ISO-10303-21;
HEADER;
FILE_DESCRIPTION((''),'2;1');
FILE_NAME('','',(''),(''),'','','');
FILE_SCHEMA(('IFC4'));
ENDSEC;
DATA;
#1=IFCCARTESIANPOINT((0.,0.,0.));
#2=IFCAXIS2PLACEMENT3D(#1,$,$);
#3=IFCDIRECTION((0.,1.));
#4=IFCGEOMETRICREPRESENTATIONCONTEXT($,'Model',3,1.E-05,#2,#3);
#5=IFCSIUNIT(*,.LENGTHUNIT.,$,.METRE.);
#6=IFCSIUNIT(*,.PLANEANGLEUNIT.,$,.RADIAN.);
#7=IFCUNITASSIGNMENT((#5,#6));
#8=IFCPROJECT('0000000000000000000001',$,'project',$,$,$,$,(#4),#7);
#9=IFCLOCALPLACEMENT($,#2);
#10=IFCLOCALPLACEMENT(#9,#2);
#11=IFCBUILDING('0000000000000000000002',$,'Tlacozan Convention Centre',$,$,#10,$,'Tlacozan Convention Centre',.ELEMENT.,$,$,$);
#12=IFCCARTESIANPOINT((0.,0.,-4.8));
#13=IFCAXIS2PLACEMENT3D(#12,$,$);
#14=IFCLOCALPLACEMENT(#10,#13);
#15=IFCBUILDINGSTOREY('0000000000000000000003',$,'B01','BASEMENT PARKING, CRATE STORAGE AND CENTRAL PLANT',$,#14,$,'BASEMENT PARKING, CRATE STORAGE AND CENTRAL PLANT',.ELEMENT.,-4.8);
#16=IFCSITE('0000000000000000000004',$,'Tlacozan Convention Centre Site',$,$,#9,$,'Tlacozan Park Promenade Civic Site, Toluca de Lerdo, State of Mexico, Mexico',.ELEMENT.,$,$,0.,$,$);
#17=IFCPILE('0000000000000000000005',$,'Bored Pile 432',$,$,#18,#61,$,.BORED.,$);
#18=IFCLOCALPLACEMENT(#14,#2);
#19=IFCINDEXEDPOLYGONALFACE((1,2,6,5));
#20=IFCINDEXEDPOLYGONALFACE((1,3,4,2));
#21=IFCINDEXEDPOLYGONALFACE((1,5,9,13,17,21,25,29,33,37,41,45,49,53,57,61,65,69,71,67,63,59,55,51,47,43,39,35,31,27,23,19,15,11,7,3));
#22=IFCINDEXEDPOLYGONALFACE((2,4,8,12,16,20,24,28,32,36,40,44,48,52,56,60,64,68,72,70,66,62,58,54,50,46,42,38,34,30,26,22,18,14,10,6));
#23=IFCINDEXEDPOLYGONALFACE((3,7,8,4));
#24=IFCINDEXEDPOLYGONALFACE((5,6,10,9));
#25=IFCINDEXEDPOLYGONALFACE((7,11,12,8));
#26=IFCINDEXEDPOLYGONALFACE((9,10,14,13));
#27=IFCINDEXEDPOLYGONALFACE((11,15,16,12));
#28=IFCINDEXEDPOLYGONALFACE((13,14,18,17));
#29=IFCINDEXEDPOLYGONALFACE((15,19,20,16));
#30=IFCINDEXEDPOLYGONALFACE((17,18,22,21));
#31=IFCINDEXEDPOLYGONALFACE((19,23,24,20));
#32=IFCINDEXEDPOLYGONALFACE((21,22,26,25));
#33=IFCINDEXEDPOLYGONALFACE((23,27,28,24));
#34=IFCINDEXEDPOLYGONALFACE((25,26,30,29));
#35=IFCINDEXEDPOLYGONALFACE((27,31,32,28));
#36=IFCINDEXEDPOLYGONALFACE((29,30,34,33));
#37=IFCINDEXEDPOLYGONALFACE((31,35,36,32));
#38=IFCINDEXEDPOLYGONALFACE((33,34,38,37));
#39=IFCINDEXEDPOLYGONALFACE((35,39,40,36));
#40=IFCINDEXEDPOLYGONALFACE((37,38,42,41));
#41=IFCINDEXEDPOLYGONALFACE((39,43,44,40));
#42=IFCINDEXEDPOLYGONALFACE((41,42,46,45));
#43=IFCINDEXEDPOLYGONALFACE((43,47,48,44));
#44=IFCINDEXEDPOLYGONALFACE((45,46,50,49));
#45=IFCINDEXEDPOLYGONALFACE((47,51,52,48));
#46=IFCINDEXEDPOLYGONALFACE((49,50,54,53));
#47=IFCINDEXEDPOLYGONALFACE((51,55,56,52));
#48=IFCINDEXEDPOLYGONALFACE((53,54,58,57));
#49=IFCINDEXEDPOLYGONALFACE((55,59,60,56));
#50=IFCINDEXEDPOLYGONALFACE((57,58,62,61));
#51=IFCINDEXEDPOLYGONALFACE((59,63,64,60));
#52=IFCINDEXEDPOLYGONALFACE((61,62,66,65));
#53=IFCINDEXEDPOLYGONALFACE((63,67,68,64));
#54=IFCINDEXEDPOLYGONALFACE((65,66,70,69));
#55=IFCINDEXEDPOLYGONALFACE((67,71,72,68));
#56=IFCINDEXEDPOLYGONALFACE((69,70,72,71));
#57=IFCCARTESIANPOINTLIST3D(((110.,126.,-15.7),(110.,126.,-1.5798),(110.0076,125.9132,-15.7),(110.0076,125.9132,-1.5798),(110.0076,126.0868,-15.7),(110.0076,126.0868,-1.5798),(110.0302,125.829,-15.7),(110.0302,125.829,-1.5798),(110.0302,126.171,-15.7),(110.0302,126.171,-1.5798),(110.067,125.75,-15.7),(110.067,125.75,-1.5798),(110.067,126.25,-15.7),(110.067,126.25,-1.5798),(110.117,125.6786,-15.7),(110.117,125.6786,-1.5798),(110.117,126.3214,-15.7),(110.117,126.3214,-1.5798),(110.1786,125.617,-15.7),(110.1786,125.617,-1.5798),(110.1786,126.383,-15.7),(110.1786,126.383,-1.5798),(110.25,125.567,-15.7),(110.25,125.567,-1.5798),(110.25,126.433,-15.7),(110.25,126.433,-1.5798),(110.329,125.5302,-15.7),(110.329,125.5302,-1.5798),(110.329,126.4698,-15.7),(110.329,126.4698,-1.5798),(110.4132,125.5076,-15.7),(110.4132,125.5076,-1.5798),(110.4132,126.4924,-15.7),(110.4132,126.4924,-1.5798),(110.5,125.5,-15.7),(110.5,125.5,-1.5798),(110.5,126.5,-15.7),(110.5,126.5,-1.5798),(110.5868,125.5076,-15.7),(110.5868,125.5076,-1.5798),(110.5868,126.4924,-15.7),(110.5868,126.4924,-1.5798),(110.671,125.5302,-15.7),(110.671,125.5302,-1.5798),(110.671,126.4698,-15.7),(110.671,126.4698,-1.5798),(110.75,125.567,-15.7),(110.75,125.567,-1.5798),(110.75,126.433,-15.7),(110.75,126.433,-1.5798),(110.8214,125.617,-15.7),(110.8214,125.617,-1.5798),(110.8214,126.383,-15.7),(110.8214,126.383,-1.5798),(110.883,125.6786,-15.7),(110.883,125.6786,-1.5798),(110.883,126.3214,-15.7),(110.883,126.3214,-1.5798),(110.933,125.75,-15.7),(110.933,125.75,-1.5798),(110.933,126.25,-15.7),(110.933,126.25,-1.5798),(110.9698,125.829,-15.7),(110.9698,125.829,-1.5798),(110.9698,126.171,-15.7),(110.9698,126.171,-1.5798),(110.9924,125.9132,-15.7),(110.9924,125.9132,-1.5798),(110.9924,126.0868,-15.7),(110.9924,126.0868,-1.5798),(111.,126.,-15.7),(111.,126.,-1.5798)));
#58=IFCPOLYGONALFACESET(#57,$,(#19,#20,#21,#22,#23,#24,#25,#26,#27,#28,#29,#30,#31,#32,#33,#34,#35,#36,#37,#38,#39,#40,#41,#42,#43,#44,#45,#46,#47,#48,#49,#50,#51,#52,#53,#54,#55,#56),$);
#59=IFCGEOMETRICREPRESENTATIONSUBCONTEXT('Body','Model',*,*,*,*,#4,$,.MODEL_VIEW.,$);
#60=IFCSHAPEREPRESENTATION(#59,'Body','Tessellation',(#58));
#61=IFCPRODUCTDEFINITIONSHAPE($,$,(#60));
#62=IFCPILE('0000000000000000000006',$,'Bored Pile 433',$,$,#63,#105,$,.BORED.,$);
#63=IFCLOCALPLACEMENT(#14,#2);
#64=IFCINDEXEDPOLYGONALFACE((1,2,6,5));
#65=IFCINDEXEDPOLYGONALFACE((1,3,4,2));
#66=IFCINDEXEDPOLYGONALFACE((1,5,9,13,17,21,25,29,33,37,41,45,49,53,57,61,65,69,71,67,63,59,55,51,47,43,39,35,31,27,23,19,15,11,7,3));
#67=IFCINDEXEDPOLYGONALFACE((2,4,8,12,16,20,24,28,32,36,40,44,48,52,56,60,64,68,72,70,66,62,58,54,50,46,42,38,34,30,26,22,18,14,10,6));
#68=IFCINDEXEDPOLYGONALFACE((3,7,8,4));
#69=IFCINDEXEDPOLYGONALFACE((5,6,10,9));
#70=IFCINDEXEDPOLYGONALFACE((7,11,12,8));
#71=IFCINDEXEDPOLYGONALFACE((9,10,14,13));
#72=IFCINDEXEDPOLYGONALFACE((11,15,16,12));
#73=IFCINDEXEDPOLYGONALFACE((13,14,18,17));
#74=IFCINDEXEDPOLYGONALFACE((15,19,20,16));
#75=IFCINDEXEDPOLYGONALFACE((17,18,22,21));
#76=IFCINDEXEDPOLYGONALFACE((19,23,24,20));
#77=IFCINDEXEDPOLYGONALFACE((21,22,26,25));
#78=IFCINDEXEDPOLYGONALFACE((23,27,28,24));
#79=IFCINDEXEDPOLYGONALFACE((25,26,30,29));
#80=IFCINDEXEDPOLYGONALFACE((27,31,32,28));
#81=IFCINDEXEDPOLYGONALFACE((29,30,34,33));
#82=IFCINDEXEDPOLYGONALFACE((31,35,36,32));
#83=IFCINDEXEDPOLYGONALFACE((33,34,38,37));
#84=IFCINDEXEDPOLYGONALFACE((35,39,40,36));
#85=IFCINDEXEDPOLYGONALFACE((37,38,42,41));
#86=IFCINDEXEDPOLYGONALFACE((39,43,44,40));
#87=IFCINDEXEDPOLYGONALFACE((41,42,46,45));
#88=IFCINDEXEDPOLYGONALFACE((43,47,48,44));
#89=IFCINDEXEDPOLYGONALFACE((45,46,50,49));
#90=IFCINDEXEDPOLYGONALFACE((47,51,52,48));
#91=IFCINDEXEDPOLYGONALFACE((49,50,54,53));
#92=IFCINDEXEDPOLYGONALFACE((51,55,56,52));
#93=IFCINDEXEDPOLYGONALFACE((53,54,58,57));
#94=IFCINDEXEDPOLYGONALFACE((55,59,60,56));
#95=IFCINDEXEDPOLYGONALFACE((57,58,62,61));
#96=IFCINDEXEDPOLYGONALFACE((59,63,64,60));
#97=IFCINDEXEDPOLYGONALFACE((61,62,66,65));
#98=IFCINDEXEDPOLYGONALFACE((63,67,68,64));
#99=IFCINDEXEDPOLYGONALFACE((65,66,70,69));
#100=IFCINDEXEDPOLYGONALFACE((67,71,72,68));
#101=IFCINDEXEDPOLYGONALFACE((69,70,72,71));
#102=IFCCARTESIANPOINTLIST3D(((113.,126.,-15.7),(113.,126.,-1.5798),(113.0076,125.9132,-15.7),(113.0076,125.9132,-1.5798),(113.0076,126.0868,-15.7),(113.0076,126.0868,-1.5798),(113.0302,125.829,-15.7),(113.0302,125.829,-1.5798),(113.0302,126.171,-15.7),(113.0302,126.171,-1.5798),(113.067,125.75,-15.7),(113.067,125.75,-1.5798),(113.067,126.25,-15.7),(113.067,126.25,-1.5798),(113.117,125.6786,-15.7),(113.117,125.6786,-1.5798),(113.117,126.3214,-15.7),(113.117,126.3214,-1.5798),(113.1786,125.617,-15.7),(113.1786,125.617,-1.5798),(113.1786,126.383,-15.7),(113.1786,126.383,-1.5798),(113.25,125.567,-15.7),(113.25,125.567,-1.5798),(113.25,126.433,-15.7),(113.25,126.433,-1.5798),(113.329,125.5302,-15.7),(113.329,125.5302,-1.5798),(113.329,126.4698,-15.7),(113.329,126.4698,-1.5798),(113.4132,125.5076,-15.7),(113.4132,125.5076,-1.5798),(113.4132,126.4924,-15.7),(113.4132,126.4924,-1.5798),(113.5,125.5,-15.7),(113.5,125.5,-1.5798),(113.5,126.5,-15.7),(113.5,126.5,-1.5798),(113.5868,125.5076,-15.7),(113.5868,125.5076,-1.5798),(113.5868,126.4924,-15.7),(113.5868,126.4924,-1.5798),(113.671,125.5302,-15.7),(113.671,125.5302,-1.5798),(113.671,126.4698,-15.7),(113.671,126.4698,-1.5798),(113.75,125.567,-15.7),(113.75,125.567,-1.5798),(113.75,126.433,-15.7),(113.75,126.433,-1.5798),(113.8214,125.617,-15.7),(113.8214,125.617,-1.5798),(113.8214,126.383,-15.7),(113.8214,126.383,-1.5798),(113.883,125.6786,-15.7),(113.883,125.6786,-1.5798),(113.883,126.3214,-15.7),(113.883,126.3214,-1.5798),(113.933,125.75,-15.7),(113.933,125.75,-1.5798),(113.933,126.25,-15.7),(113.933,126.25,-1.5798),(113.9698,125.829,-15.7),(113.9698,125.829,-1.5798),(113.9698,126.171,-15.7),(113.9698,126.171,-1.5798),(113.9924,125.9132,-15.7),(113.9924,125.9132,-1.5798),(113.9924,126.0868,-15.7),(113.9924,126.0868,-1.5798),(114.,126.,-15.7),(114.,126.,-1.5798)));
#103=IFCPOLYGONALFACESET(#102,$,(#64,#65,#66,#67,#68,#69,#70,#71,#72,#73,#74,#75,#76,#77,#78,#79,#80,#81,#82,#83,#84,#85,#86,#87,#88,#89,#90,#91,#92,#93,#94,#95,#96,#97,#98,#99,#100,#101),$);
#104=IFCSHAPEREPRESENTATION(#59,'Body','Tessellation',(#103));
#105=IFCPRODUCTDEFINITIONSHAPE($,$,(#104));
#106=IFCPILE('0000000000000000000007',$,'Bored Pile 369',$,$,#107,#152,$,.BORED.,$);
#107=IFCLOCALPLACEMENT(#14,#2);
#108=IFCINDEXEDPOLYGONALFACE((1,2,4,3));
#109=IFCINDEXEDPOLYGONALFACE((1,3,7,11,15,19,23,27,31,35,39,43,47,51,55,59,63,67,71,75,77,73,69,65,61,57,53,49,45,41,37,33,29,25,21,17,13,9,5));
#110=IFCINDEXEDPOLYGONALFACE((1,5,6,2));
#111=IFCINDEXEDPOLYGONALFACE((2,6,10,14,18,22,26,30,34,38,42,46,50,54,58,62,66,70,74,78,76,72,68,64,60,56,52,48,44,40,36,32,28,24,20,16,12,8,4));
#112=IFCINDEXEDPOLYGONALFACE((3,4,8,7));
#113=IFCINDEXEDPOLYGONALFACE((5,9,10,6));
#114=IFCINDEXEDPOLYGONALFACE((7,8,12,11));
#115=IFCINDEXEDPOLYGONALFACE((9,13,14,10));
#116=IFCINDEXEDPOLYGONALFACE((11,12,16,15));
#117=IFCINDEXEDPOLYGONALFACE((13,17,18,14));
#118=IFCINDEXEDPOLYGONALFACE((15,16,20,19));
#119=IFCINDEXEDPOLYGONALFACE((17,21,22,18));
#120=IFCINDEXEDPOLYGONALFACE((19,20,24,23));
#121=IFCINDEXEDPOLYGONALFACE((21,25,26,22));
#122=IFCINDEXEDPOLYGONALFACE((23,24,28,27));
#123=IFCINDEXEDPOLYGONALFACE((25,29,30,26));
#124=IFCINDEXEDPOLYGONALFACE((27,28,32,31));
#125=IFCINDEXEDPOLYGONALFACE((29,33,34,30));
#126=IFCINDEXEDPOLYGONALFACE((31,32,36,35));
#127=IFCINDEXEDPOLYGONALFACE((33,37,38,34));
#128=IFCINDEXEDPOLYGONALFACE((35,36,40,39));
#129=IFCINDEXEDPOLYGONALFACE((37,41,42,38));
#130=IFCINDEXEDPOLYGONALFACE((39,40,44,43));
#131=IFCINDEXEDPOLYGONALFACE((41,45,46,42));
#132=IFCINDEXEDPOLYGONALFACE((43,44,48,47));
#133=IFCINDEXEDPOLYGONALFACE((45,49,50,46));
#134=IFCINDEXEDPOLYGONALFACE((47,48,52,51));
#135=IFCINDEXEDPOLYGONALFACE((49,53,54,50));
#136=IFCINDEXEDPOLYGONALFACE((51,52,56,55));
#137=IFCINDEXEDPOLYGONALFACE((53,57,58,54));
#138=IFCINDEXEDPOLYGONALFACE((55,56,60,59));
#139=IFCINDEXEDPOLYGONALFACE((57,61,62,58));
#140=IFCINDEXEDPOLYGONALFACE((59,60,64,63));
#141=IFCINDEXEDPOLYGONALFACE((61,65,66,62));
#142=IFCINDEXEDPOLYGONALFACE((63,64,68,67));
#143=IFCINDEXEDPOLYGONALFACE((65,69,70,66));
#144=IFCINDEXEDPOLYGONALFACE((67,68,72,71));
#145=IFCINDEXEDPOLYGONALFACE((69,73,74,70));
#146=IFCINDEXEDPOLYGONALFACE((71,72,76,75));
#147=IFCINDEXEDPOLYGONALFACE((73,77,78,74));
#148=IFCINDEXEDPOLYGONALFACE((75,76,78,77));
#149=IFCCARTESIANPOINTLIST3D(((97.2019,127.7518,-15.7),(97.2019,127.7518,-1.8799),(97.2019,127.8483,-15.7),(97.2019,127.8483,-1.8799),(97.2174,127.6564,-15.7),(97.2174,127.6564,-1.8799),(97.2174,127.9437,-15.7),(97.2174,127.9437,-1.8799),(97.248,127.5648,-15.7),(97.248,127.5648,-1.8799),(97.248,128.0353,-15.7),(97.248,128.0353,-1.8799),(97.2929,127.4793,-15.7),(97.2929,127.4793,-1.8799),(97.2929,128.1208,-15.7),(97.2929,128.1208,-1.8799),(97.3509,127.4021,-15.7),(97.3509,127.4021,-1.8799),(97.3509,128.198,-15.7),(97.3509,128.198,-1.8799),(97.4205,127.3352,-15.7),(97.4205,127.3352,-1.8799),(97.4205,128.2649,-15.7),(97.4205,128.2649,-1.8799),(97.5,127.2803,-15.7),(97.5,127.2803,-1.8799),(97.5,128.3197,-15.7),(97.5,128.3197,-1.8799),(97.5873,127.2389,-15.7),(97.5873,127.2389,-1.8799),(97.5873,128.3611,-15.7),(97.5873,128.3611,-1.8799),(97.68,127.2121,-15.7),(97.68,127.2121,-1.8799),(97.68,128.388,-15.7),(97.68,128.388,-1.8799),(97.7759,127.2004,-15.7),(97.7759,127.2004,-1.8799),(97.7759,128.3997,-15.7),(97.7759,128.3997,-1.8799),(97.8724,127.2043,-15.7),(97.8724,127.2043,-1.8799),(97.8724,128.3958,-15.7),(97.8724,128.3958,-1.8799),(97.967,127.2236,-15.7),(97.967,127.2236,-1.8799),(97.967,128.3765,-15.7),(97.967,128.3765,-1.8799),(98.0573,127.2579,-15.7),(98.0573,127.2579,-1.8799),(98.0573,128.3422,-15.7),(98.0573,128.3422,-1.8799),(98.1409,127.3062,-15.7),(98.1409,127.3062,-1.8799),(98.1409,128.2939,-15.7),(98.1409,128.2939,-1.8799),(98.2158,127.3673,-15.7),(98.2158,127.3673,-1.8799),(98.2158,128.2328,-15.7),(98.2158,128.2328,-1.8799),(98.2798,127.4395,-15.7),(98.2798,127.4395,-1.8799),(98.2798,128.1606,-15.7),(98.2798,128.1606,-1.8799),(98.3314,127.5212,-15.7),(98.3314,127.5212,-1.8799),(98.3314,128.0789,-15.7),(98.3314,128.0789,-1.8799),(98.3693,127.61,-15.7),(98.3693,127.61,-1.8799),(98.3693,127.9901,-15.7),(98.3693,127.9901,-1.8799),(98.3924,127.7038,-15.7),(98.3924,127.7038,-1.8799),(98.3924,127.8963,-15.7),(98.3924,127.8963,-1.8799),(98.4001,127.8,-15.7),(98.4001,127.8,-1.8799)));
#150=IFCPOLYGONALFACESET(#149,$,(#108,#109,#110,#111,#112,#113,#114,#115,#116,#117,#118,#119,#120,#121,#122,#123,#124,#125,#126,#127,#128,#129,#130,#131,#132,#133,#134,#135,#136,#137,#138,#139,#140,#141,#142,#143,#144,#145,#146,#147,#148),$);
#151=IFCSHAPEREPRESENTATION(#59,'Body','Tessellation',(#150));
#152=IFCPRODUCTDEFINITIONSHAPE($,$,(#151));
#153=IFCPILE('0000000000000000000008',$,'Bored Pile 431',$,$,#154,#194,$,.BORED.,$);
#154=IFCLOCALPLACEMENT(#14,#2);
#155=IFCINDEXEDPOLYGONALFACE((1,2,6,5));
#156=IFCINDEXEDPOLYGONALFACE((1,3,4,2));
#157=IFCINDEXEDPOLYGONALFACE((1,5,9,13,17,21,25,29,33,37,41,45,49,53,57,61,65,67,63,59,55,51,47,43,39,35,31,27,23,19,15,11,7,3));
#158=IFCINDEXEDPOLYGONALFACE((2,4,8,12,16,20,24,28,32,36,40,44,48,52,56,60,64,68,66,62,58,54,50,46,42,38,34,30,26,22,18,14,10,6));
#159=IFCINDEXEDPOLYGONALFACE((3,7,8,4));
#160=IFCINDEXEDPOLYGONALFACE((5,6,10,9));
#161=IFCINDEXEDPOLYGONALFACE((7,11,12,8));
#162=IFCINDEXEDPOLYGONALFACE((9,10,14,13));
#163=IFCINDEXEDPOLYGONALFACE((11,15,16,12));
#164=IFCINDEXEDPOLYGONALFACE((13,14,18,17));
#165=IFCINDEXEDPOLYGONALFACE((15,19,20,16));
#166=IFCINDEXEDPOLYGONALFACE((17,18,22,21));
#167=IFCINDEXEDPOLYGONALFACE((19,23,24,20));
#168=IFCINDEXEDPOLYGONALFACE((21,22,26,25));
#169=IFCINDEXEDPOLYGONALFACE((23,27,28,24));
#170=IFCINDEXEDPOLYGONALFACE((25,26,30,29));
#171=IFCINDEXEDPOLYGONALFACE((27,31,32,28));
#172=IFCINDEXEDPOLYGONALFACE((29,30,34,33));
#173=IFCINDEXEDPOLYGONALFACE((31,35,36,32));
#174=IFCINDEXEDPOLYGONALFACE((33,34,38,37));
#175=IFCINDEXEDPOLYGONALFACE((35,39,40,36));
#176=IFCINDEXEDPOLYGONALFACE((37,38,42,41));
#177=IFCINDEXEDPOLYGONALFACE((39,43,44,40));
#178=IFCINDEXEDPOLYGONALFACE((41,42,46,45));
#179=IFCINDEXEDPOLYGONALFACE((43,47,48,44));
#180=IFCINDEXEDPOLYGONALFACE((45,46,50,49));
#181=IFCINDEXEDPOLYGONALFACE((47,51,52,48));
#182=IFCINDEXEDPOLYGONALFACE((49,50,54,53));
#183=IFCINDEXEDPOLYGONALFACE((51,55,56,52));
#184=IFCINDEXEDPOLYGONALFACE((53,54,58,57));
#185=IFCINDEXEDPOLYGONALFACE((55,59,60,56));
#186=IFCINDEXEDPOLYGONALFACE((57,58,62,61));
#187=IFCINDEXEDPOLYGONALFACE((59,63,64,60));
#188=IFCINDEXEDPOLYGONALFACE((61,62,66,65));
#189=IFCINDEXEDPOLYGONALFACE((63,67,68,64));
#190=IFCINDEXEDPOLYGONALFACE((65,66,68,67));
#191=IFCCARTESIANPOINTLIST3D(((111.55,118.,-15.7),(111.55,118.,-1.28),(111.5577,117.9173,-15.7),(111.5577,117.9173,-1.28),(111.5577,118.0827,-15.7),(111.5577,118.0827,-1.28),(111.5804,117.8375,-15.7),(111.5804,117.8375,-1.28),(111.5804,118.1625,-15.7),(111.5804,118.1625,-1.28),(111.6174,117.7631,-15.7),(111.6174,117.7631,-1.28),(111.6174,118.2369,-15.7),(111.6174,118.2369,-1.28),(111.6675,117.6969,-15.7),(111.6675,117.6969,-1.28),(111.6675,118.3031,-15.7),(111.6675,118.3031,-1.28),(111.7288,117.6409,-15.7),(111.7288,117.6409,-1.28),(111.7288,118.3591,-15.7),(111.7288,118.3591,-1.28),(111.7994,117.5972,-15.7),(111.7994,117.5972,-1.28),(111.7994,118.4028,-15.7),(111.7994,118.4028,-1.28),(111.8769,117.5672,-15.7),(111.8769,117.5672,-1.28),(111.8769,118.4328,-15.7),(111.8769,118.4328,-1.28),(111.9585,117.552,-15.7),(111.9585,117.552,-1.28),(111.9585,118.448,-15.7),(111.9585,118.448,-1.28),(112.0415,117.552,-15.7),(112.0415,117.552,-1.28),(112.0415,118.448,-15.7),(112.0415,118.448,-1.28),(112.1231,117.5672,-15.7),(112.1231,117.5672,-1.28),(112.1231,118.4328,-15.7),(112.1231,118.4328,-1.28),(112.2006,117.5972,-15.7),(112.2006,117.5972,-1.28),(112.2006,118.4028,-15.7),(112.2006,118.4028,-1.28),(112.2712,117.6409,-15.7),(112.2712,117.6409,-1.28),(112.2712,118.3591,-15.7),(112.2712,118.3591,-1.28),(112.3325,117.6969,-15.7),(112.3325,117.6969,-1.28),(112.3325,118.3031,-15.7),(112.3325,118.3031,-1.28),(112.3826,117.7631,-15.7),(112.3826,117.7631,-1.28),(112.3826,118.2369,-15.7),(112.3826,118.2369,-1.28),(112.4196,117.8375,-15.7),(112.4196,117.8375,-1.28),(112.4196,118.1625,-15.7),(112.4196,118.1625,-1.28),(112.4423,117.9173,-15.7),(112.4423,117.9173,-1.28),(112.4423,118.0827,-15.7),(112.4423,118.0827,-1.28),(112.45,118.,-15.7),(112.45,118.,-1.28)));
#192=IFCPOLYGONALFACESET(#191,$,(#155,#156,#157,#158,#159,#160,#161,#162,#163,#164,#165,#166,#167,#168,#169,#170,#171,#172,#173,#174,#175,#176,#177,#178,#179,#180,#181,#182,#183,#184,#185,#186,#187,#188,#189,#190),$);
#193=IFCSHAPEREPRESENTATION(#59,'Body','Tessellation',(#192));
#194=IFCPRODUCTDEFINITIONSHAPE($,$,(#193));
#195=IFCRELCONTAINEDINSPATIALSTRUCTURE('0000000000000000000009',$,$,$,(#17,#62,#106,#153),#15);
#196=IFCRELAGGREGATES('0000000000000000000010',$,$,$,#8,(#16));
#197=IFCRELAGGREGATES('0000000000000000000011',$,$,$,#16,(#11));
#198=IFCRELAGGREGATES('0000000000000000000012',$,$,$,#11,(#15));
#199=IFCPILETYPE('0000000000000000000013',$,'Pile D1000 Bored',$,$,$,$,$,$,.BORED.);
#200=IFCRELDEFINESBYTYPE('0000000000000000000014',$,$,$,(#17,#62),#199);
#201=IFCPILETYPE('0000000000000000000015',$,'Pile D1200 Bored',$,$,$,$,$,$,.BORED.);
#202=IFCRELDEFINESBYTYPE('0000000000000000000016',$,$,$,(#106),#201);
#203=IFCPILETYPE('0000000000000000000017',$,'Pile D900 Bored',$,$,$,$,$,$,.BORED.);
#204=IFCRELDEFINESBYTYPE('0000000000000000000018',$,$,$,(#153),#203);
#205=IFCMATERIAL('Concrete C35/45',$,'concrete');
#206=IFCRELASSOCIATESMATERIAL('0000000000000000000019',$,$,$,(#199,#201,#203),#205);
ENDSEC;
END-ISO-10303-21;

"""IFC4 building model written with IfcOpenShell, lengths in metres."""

from ifc_helpers import new_model, si_unit, direction, frame, origin, origin_2d, place, context, subcontext, project, spatial, circle, extrude, material, material_profile, profile_set, type_object, element, save


model = new_model("IFC4")

# Units and contexts
model_context = context("Model", 3, precision=1e-05, world=origin(), true_north=direction((0.0, 1.0)))
body_context = subcontext(model_context, "Body", "Model", "MODEL_VIEW")
ifc_project = project(units=[si_unit("LENGTHUNIT", "METRE"), si_unit("PLANEANGLEUNIT", "RADIAN")], contexts=[model_context])

# Site, building, storey
site_placement = place(None, origin())
site = spatial("IfcSite", under=ifc_project, at=site_placement, Name="Tlacozan Convention Centre Site", LongName="Tlacozan Park Promenade Civic Site, Toluca de Lerdo, State of Mexico, Mexico", CompositionType="ELEMENT", RefElevation=0.0)
building_placement = place(site_placement, origin())
building = spatial("IfcBuilding", under=site, at=building_placement, Name="Tlacozan Convention Centre", LongName="Tlacozan Convention Centre", CompositionType="ELEMENT")
storey_placement = place(building_placement, frame((0.0, 0.0, -4.8)))
storey = spatial("IfcBuildingStorey", under=building, at=storey_placement, Name="B01", Description="BASEMENT PARKING, CRATE STORAGE AND CENTRAL PLANT", LongName="BASEMENT PARKING, CRATE STORAGE AND CENTRAL PLANT", CompositionType="ELEMENT", Elevation=-4.8)

# Shared definitions
ifc_material_1 = material(Name="Concrete C35/45", Category="concrete")

# Piles
ifc_material_profile_1 = material_profile(ifc_material_1, circle(Radius=0.5, at=origin_2d()), Name="PILE D1000")
ifc_profile_set_1 = profile_set([ifc_material_profile_1], Name="Concrete C35/45")
pile_type_1 = type_object("IfcPileType", Name="Pile D1000 Bored", PredefinedType="BORED", material=ifc_profile_set_1)
for number, where, z_axis, x_axis, name in (
    (1, (110.5, 126.0, -1.5798), (0.0, 0.0, -1.0), (1.0, 0.0, 0.0), "Bored Pile 432"),
    (2, (113.5, 126.0, -1.5798), (0.0, 0.0, -1.0), (1.0, 0.0, 0.0), "Bored Pile 433"),
):
    element("IfcPile", number, at=place(storey_placement, frame(where, z_axis=z_axis, x_axis=x_axis)), inside=storey, type_object=pile_type_1, Name=name, PredefinedType="BORED", context=body_context, shape_type="SweptSolid", body=[
        extrude(circle(Radius=0.5, at=origin_2d()), origin(), (0.0, 0.0, 1.0), 14.1201),
    ])
ifc_material_profile_2 = material_profile(ifc_material_1, circle(Radius=0.6001, at=origin_2d()), Name="PILE D1200")
ifc_profile_set_2 = profile_set([ifc_material_profile_2], Name="Concrete C35/45")
pile_type_2 = type_object("IfcPileType", Name="Pile D1200 Bored", PredefinedType="BORED", material=ifc_profile_set_2)
pile_1_placement = place(storey_placement, frame((97.8, 127.8, -1.8799), z_axis=(0.0, 0.0, -1.0), x_axis=(1.0, 0.0, 0.0)))
element("IfcPile", 3, at=pile_1_placement, inside=storey, type_object=pile_type_2, Name="Bored Pile 369", PredefinedType="BORED", context=body_context, shape_type="SweptSolid", body=[
    extrude(circle(Radius=0.6001, at=origin_2d()), origin(), (0.0, 0.0, 1.0), 13.8201),
])
ifc_material_profile_3 = material_profile(ifc_material_1, circle(Radius=0.45, at=origin_2d()), Name="PILE D900")
ifc_profile_set_3 = profile_set([ifc_material_profile_3], Name="Concrete C35/45")
pile_type_3 = type_object("IfcPileType", Name="Pile D900 Bored", PredefinedType="BORED", material=ifc_profile_set_3)
pile_2_placement = place(storey_placement, frame((112.0, 118.0, -1.28), z_axis=(0.0, 0.0, -1.0), x_axis=(1.0, 0.0, 0.0)))
element("IfcPile", 4, at=pile_2_placement, inside=storey, type_object=pile_type_3, Name="Bored Pile 431", PredefinedType="BORED", context=body_context, shape_type="SweptSolid", body=[
    extrude(circle(Radius=0.45, at=origin_2d()), origin(), (0.0, 0.0, 1.0), 14.4199),
])

save(model, "model.ifc")
